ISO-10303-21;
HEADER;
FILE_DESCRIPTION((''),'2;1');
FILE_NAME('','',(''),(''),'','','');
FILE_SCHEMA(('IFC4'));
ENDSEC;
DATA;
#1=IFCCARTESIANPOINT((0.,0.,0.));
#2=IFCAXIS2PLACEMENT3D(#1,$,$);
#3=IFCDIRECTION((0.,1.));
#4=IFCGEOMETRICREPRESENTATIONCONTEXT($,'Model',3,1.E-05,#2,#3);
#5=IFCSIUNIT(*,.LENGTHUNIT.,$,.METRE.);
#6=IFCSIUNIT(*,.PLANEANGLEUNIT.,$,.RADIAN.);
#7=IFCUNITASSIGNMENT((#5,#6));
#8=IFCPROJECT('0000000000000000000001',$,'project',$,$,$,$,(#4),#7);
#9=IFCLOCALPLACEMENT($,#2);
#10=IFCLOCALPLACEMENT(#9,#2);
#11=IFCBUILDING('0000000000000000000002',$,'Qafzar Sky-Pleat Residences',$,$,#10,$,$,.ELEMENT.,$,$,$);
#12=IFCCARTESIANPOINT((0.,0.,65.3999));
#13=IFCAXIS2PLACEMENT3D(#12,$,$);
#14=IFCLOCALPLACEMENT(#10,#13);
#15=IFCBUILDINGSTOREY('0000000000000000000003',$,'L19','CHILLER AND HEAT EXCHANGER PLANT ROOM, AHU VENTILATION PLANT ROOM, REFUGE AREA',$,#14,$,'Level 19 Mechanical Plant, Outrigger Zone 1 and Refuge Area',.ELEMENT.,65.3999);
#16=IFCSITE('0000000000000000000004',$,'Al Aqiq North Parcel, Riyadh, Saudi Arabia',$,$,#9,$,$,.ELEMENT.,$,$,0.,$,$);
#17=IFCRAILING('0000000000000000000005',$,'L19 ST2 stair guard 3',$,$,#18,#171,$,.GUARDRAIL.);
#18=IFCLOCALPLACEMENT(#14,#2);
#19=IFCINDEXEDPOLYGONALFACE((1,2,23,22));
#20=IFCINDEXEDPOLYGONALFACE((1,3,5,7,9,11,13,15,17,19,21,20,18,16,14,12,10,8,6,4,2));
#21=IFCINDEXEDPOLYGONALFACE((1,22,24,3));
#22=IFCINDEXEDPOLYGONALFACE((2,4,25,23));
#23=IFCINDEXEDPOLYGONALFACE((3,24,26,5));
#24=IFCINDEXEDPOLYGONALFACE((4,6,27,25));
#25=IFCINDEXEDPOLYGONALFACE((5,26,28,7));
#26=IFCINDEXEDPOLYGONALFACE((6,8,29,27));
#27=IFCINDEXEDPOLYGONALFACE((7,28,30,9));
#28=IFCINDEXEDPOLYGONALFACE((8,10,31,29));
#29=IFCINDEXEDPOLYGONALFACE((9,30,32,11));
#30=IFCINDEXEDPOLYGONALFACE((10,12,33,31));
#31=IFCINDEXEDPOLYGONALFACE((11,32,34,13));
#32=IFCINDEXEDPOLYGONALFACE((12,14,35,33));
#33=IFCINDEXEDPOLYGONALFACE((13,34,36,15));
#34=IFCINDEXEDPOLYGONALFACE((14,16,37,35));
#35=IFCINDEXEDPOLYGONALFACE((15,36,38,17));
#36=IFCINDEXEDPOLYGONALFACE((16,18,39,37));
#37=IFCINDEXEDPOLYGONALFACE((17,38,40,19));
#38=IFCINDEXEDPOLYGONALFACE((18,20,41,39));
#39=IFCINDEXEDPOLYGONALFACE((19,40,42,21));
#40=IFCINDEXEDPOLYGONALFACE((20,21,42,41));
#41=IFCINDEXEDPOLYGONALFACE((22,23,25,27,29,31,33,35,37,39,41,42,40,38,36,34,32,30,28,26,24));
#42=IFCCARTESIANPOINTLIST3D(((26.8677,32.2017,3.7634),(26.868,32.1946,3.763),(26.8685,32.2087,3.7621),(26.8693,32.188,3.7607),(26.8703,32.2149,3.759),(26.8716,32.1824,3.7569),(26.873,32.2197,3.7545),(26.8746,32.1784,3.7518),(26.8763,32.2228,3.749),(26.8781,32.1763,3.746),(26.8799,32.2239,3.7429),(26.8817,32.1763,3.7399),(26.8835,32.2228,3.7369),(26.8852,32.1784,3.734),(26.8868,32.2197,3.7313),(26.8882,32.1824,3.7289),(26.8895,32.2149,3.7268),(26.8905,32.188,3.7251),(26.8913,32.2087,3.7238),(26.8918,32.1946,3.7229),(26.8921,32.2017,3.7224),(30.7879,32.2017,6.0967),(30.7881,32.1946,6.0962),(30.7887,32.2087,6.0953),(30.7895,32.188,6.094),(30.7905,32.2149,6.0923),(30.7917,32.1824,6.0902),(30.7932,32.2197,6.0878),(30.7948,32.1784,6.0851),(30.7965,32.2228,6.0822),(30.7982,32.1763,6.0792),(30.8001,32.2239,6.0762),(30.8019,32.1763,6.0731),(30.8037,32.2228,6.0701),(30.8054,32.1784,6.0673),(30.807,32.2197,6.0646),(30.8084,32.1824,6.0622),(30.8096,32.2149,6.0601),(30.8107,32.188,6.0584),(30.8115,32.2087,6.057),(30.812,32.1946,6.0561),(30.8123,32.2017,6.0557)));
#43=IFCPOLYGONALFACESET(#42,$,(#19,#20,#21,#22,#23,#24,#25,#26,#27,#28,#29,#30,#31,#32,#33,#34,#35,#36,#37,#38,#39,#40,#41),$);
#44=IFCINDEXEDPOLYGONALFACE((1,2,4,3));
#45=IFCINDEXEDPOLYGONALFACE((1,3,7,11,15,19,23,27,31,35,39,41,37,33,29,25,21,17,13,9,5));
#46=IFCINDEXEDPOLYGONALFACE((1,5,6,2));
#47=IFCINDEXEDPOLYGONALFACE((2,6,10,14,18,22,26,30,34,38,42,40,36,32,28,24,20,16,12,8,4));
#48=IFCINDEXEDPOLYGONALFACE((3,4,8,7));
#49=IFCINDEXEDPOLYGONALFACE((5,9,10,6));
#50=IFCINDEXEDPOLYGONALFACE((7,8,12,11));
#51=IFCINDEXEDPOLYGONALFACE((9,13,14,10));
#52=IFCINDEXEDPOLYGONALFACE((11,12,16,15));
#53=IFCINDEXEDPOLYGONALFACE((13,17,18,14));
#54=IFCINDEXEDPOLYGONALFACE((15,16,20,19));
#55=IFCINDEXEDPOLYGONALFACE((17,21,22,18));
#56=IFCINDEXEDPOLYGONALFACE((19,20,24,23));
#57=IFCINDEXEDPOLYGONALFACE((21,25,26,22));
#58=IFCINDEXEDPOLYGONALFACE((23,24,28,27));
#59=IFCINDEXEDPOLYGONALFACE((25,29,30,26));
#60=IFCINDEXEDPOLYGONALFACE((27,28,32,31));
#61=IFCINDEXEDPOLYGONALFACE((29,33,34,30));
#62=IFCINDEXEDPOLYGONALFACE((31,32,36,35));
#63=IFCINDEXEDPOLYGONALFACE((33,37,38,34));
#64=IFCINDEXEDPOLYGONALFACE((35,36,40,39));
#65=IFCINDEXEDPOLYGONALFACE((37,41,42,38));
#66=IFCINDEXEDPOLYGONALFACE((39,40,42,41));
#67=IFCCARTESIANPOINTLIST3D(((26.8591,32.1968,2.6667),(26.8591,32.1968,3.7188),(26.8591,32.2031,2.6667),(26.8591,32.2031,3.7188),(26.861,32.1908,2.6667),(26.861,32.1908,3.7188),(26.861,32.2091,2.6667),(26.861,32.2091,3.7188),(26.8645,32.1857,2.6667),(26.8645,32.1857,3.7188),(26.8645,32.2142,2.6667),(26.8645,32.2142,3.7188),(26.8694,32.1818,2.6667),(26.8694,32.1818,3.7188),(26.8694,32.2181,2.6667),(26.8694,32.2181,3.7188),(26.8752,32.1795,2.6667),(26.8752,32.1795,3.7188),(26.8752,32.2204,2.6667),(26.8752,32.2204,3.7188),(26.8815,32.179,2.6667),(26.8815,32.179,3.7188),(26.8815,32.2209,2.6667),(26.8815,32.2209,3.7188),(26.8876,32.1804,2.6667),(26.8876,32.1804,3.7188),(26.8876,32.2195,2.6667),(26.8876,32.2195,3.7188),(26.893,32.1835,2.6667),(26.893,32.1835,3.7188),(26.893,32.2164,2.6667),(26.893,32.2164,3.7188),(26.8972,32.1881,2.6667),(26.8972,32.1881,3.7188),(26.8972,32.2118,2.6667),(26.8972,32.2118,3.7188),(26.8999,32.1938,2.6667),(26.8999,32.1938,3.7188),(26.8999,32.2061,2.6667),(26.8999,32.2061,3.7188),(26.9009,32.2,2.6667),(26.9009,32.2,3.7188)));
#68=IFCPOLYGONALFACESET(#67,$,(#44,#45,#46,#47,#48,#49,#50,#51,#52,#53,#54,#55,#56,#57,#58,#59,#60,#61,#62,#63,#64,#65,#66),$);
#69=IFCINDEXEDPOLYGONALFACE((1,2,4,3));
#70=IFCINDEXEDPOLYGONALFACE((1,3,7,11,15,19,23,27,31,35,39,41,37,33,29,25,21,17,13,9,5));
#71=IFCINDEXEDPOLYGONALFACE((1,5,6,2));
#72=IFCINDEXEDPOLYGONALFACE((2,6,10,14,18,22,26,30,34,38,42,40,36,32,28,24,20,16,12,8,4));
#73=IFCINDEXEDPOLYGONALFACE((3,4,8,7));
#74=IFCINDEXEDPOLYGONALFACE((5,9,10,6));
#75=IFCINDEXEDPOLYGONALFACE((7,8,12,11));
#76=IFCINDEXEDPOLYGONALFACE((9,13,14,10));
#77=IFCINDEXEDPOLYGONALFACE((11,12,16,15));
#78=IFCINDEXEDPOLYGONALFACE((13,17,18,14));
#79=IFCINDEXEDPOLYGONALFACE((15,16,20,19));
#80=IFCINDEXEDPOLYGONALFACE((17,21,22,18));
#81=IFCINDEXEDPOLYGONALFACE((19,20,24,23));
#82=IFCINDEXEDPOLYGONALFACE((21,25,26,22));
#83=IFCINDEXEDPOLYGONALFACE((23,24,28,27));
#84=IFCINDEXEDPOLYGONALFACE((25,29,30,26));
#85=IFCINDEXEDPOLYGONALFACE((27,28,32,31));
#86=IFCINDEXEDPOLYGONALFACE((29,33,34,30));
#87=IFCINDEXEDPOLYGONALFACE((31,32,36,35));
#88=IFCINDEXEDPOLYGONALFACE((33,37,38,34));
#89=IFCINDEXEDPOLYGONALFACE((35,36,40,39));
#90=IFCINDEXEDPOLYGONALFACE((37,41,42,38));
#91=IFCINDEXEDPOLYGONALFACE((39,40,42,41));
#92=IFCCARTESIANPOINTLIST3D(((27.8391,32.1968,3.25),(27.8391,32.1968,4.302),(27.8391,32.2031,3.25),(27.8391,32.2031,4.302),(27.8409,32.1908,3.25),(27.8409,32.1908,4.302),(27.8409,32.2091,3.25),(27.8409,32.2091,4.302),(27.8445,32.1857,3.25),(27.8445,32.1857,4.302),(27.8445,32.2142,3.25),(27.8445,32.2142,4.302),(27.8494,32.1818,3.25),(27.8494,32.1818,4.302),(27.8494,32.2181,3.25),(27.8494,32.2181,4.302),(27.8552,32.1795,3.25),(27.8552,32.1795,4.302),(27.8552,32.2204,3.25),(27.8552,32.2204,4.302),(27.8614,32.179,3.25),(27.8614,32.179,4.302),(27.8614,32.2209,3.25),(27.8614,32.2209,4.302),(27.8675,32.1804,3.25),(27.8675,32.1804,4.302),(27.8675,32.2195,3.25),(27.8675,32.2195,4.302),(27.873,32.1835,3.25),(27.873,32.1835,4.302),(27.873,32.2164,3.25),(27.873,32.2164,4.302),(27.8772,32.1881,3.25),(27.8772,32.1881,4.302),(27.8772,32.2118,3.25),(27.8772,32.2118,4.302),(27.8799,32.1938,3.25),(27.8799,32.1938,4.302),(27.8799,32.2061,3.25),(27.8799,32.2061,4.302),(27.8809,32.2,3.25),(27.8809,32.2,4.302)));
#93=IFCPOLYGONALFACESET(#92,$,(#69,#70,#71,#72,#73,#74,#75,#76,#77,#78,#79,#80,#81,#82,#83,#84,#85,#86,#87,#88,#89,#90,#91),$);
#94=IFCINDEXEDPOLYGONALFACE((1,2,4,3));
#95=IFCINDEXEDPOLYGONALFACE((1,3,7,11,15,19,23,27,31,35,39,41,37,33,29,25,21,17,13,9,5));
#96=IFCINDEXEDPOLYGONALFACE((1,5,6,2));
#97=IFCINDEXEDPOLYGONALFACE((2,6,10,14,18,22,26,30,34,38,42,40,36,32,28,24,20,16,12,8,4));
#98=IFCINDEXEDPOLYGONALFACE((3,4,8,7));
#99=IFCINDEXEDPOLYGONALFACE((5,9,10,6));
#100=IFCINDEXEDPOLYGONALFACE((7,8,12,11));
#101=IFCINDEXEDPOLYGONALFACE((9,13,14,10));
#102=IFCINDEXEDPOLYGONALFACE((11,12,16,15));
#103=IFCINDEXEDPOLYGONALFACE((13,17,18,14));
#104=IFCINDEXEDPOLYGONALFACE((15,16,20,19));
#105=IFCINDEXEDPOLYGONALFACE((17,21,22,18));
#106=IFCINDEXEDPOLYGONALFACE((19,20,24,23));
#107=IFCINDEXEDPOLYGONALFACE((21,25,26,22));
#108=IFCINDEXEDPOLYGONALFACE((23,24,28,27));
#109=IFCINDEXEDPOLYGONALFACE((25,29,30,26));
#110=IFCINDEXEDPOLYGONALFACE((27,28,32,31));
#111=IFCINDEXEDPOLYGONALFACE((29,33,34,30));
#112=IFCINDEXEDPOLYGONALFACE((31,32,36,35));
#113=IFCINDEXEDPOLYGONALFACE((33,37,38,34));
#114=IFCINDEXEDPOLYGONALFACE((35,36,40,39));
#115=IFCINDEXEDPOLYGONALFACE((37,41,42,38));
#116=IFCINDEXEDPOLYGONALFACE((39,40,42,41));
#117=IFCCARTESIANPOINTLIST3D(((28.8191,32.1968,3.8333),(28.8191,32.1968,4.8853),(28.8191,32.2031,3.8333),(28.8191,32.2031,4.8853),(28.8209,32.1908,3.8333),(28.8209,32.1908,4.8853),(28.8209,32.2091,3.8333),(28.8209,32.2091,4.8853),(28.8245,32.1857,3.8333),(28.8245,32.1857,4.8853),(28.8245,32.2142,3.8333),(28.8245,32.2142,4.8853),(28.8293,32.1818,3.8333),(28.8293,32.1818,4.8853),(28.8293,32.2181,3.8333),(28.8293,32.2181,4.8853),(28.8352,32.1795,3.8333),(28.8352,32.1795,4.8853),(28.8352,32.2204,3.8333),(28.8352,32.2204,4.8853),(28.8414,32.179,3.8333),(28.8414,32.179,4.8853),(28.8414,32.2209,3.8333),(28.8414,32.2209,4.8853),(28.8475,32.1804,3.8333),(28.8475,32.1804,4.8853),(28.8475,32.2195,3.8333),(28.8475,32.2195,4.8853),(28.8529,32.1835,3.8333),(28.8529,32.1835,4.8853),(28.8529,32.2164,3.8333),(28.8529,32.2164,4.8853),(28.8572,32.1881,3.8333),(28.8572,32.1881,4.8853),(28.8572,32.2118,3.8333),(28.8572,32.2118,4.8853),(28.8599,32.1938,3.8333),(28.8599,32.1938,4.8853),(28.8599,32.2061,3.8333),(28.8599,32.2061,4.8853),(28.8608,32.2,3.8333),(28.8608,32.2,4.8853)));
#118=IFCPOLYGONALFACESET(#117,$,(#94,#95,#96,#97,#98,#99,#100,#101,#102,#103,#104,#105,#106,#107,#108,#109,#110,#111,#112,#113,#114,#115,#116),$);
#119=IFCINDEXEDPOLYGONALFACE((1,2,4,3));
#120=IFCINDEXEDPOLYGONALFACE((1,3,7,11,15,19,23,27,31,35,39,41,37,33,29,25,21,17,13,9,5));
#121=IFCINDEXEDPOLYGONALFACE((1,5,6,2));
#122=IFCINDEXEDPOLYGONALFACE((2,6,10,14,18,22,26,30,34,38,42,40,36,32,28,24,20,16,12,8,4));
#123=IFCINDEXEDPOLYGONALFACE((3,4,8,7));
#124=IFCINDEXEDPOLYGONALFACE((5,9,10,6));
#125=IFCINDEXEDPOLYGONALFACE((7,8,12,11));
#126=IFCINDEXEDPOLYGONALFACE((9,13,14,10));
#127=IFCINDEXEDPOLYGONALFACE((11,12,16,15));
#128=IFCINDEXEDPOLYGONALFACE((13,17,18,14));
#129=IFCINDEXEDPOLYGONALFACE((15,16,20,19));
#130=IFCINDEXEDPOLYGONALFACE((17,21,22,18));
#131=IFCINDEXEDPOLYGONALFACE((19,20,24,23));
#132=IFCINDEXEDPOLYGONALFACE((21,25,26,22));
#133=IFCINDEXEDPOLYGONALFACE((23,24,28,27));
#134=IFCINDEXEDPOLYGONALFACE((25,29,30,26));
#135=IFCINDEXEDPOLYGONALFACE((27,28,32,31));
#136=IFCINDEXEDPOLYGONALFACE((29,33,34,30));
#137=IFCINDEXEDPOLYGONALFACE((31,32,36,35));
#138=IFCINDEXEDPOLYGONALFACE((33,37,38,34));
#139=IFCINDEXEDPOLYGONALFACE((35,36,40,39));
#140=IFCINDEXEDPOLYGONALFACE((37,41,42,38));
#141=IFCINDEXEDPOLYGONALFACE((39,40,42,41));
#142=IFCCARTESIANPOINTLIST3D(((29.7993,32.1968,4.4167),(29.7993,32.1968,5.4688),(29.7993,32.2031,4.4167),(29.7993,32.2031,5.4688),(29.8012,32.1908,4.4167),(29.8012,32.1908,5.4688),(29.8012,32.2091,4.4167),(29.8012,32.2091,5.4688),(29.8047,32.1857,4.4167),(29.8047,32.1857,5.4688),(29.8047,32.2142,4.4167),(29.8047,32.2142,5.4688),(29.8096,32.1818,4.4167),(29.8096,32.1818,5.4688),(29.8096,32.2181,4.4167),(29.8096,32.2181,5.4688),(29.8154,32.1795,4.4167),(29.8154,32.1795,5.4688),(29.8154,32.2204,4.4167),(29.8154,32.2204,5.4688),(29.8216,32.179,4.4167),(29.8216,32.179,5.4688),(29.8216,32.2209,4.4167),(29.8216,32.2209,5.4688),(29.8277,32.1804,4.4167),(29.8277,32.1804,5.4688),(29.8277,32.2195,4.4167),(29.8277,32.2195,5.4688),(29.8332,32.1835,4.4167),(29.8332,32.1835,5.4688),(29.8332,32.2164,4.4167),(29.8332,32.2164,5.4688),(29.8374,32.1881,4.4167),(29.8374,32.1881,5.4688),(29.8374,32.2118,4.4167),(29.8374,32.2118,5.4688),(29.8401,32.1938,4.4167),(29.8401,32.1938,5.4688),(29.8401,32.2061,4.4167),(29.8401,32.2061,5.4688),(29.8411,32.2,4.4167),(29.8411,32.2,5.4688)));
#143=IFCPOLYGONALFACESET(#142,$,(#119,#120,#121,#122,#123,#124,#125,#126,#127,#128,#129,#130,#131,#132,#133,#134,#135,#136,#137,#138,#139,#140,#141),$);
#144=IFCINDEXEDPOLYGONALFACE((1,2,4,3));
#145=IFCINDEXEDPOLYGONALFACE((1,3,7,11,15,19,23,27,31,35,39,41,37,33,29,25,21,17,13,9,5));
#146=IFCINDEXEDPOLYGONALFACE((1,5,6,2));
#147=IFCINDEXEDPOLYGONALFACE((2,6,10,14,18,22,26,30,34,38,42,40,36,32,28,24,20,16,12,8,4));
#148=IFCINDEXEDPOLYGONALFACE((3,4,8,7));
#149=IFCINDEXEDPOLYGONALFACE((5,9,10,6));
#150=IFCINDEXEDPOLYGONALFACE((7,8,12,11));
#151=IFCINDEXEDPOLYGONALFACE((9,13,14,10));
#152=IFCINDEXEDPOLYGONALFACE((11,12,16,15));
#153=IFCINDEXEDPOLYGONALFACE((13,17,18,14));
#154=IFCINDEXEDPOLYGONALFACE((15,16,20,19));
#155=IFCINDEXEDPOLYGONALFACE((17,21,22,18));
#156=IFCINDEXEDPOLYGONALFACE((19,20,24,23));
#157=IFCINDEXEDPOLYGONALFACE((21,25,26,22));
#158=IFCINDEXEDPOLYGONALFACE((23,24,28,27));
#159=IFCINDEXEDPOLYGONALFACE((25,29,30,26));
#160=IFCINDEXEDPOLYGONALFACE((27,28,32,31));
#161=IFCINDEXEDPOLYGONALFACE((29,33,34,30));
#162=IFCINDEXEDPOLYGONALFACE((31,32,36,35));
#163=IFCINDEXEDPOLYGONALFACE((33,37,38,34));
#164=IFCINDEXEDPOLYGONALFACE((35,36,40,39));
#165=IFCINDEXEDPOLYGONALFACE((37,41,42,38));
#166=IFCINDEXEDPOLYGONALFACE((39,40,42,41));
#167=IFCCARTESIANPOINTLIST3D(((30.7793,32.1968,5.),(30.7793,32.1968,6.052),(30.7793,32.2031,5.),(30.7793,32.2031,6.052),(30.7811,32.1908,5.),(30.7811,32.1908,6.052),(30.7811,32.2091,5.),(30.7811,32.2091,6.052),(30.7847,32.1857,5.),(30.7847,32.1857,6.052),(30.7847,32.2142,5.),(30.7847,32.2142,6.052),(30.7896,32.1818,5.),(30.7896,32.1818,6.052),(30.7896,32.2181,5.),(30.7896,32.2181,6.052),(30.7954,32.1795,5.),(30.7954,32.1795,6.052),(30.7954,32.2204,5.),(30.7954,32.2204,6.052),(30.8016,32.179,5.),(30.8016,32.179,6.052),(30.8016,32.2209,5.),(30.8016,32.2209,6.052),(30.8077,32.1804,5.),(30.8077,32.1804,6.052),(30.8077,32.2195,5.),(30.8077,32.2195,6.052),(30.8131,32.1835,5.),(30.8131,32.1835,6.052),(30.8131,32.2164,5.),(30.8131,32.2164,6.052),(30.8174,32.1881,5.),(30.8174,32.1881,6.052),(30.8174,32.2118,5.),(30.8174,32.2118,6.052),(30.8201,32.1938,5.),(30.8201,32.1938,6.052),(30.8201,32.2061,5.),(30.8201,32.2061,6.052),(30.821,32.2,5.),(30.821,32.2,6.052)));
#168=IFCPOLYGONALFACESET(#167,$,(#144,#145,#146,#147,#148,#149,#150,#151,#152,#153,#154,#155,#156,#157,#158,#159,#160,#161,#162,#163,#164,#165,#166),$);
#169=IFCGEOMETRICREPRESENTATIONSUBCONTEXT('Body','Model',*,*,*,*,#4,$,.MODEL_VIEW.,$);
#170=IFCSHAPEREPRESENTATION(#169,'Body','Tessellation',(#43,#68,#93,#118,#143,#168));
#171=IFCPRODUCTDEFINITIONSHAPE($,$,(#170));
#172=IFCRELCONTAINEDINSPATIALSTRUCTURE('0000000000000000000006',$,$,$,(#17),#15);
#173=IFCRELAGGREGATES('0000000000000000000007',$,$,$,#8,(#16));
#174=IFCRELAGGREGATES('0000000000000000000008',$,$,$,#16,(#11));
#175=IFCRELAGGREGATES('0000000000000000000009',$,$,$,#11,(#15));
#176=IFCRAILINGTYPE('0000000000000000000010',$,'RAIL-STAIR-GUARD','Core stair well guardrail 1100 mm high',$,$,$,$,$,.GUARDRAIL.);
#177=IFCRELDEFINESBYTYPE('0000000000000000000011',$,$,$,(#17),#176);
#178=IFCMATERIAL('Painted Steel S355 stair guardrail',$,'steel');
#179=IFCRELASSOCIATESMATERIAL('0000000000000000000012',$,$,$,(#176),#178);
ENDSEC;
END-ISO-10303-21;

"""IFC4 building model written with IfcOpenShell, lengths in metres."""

from ifc_helpers import new_model, si_unit, direction, frame, origin, origin_2d, place, context, subcontext, project, spatial, circle, extrude, source, transform, mapped, material, type_object, element, save


model = new_model("IFC4")

# Units and contexts
model_context = context("Model", 3, precision=1e-05, world=origin(), true_north=direction((0.0, 1.0)))
body_context = subcontext(model_context, "Body", "Model", "MODEL_VIEW")
ifc_project = project(units=[si_unit("LENGTHUNIT", "METRE"), si_unit("PLANEANGLEUNIT", "RADIAN")], contexts=[model_context])

# Site, building, storey
site_placement = place(None, origin())
site = spatial("IfcSite", under=ifc_project, at=site_placement, Name="Al Aqiq North Parcel, Riyadh, Saudi Arabia", CompositionType="ELEMENT", RefElevation=0.0)
building_placement = place(site_placement, origin())
building = spatial("IfcBuilding", under=site, at=building_placement, Name="Qafzar Sky-Pleat Residences", CompositionType="ELEMENT")
storey_placement = place(building_placement, frame((0.0, 0.0, 65.3999)))
storey = spatial("IfcBuildingStorey", under=building, at=storey_placement, Name="L19", Description="CHILLER AND HEAT EXCHANGER PLANT ROOM, AHU VENTILATION PLANT ROOM, REFUGE AREA", LongName="Level 19 Mechanical Plant, Outrigger Zone 1 and Refuge Area", CompositionType="ELEMENT", Elevation=65.3999)

# Railing
ifc_material_1 = material(Name="Painted Steel S355 stair guardrail", Category="steel")
railing_type_1 = type_object("IfcRailingType", Name="RAIL-STAIR-GUARD", Description="Core stair well guardrail 1100 mm high", PredefinedType="GUARDRAIL", material=ifc_material_1)
shared_shape_1 = source(origin(), body_context, "Body", "SweptSolid", [
    extrude(circle(Radius=0.0239, at=origin_2d()), frame((0.0, 0.0, 1.0762), z_axis=(0.85931, 0.0, 0.511455), x_axis=(0.0, 1.0, 0.0)), (0.0, 0.0, 1.0), 4.562),
    extrude(circle(Radius=0.021, at=origin_2d()), origin(), (0.0, 0.0, 1.0), 1.052),
    extrude(circle(Radius=0.021, at=origin_2d()), frame((0.98, 0.0, 0.5833)), (0.0, 0.0, 1.0), 1.052),
    extrude(circle(Radius=0.021, at=origin_2d()), frame((1.96, 0.0, 1.1665)), (0.0, 0.0, 1.0), 1.052),
    extrude(circle(Radius=0.021, at=origin_2d()), frame((2.9402, 0.0, 1.75)), (0.0, 0.0, 1.0), 1.052),
    extrude(circle(Radius=0.021, at=origin_2d()), frame((3.9202, 0.0, 2.3333)), (0.0, 0.0, 1.0), 1.052),
])
railing_1_placement = place(storey_placement, frame((26.8799, 32.2, 2.6667)))
element("IfcRailing", 1, at=railing_1_placement, inside=storey, type_object=railing_type_1, Name="L19 ST2 stair guard 3", PredefinedType="GUARDRAIL", context=body_context, shape_type="MappedRepresentation", body=[
    mapped(shared_shape_1, transform((0.0, 0.0, 0.0), x_axis=(1.0, 0.0, 0.0), y_axis=(0.0, 1.0, 0.0), z_axis=(0.0, 0.0, 1.0), scale=1.0)),
])

save(model, "model.ifc")
